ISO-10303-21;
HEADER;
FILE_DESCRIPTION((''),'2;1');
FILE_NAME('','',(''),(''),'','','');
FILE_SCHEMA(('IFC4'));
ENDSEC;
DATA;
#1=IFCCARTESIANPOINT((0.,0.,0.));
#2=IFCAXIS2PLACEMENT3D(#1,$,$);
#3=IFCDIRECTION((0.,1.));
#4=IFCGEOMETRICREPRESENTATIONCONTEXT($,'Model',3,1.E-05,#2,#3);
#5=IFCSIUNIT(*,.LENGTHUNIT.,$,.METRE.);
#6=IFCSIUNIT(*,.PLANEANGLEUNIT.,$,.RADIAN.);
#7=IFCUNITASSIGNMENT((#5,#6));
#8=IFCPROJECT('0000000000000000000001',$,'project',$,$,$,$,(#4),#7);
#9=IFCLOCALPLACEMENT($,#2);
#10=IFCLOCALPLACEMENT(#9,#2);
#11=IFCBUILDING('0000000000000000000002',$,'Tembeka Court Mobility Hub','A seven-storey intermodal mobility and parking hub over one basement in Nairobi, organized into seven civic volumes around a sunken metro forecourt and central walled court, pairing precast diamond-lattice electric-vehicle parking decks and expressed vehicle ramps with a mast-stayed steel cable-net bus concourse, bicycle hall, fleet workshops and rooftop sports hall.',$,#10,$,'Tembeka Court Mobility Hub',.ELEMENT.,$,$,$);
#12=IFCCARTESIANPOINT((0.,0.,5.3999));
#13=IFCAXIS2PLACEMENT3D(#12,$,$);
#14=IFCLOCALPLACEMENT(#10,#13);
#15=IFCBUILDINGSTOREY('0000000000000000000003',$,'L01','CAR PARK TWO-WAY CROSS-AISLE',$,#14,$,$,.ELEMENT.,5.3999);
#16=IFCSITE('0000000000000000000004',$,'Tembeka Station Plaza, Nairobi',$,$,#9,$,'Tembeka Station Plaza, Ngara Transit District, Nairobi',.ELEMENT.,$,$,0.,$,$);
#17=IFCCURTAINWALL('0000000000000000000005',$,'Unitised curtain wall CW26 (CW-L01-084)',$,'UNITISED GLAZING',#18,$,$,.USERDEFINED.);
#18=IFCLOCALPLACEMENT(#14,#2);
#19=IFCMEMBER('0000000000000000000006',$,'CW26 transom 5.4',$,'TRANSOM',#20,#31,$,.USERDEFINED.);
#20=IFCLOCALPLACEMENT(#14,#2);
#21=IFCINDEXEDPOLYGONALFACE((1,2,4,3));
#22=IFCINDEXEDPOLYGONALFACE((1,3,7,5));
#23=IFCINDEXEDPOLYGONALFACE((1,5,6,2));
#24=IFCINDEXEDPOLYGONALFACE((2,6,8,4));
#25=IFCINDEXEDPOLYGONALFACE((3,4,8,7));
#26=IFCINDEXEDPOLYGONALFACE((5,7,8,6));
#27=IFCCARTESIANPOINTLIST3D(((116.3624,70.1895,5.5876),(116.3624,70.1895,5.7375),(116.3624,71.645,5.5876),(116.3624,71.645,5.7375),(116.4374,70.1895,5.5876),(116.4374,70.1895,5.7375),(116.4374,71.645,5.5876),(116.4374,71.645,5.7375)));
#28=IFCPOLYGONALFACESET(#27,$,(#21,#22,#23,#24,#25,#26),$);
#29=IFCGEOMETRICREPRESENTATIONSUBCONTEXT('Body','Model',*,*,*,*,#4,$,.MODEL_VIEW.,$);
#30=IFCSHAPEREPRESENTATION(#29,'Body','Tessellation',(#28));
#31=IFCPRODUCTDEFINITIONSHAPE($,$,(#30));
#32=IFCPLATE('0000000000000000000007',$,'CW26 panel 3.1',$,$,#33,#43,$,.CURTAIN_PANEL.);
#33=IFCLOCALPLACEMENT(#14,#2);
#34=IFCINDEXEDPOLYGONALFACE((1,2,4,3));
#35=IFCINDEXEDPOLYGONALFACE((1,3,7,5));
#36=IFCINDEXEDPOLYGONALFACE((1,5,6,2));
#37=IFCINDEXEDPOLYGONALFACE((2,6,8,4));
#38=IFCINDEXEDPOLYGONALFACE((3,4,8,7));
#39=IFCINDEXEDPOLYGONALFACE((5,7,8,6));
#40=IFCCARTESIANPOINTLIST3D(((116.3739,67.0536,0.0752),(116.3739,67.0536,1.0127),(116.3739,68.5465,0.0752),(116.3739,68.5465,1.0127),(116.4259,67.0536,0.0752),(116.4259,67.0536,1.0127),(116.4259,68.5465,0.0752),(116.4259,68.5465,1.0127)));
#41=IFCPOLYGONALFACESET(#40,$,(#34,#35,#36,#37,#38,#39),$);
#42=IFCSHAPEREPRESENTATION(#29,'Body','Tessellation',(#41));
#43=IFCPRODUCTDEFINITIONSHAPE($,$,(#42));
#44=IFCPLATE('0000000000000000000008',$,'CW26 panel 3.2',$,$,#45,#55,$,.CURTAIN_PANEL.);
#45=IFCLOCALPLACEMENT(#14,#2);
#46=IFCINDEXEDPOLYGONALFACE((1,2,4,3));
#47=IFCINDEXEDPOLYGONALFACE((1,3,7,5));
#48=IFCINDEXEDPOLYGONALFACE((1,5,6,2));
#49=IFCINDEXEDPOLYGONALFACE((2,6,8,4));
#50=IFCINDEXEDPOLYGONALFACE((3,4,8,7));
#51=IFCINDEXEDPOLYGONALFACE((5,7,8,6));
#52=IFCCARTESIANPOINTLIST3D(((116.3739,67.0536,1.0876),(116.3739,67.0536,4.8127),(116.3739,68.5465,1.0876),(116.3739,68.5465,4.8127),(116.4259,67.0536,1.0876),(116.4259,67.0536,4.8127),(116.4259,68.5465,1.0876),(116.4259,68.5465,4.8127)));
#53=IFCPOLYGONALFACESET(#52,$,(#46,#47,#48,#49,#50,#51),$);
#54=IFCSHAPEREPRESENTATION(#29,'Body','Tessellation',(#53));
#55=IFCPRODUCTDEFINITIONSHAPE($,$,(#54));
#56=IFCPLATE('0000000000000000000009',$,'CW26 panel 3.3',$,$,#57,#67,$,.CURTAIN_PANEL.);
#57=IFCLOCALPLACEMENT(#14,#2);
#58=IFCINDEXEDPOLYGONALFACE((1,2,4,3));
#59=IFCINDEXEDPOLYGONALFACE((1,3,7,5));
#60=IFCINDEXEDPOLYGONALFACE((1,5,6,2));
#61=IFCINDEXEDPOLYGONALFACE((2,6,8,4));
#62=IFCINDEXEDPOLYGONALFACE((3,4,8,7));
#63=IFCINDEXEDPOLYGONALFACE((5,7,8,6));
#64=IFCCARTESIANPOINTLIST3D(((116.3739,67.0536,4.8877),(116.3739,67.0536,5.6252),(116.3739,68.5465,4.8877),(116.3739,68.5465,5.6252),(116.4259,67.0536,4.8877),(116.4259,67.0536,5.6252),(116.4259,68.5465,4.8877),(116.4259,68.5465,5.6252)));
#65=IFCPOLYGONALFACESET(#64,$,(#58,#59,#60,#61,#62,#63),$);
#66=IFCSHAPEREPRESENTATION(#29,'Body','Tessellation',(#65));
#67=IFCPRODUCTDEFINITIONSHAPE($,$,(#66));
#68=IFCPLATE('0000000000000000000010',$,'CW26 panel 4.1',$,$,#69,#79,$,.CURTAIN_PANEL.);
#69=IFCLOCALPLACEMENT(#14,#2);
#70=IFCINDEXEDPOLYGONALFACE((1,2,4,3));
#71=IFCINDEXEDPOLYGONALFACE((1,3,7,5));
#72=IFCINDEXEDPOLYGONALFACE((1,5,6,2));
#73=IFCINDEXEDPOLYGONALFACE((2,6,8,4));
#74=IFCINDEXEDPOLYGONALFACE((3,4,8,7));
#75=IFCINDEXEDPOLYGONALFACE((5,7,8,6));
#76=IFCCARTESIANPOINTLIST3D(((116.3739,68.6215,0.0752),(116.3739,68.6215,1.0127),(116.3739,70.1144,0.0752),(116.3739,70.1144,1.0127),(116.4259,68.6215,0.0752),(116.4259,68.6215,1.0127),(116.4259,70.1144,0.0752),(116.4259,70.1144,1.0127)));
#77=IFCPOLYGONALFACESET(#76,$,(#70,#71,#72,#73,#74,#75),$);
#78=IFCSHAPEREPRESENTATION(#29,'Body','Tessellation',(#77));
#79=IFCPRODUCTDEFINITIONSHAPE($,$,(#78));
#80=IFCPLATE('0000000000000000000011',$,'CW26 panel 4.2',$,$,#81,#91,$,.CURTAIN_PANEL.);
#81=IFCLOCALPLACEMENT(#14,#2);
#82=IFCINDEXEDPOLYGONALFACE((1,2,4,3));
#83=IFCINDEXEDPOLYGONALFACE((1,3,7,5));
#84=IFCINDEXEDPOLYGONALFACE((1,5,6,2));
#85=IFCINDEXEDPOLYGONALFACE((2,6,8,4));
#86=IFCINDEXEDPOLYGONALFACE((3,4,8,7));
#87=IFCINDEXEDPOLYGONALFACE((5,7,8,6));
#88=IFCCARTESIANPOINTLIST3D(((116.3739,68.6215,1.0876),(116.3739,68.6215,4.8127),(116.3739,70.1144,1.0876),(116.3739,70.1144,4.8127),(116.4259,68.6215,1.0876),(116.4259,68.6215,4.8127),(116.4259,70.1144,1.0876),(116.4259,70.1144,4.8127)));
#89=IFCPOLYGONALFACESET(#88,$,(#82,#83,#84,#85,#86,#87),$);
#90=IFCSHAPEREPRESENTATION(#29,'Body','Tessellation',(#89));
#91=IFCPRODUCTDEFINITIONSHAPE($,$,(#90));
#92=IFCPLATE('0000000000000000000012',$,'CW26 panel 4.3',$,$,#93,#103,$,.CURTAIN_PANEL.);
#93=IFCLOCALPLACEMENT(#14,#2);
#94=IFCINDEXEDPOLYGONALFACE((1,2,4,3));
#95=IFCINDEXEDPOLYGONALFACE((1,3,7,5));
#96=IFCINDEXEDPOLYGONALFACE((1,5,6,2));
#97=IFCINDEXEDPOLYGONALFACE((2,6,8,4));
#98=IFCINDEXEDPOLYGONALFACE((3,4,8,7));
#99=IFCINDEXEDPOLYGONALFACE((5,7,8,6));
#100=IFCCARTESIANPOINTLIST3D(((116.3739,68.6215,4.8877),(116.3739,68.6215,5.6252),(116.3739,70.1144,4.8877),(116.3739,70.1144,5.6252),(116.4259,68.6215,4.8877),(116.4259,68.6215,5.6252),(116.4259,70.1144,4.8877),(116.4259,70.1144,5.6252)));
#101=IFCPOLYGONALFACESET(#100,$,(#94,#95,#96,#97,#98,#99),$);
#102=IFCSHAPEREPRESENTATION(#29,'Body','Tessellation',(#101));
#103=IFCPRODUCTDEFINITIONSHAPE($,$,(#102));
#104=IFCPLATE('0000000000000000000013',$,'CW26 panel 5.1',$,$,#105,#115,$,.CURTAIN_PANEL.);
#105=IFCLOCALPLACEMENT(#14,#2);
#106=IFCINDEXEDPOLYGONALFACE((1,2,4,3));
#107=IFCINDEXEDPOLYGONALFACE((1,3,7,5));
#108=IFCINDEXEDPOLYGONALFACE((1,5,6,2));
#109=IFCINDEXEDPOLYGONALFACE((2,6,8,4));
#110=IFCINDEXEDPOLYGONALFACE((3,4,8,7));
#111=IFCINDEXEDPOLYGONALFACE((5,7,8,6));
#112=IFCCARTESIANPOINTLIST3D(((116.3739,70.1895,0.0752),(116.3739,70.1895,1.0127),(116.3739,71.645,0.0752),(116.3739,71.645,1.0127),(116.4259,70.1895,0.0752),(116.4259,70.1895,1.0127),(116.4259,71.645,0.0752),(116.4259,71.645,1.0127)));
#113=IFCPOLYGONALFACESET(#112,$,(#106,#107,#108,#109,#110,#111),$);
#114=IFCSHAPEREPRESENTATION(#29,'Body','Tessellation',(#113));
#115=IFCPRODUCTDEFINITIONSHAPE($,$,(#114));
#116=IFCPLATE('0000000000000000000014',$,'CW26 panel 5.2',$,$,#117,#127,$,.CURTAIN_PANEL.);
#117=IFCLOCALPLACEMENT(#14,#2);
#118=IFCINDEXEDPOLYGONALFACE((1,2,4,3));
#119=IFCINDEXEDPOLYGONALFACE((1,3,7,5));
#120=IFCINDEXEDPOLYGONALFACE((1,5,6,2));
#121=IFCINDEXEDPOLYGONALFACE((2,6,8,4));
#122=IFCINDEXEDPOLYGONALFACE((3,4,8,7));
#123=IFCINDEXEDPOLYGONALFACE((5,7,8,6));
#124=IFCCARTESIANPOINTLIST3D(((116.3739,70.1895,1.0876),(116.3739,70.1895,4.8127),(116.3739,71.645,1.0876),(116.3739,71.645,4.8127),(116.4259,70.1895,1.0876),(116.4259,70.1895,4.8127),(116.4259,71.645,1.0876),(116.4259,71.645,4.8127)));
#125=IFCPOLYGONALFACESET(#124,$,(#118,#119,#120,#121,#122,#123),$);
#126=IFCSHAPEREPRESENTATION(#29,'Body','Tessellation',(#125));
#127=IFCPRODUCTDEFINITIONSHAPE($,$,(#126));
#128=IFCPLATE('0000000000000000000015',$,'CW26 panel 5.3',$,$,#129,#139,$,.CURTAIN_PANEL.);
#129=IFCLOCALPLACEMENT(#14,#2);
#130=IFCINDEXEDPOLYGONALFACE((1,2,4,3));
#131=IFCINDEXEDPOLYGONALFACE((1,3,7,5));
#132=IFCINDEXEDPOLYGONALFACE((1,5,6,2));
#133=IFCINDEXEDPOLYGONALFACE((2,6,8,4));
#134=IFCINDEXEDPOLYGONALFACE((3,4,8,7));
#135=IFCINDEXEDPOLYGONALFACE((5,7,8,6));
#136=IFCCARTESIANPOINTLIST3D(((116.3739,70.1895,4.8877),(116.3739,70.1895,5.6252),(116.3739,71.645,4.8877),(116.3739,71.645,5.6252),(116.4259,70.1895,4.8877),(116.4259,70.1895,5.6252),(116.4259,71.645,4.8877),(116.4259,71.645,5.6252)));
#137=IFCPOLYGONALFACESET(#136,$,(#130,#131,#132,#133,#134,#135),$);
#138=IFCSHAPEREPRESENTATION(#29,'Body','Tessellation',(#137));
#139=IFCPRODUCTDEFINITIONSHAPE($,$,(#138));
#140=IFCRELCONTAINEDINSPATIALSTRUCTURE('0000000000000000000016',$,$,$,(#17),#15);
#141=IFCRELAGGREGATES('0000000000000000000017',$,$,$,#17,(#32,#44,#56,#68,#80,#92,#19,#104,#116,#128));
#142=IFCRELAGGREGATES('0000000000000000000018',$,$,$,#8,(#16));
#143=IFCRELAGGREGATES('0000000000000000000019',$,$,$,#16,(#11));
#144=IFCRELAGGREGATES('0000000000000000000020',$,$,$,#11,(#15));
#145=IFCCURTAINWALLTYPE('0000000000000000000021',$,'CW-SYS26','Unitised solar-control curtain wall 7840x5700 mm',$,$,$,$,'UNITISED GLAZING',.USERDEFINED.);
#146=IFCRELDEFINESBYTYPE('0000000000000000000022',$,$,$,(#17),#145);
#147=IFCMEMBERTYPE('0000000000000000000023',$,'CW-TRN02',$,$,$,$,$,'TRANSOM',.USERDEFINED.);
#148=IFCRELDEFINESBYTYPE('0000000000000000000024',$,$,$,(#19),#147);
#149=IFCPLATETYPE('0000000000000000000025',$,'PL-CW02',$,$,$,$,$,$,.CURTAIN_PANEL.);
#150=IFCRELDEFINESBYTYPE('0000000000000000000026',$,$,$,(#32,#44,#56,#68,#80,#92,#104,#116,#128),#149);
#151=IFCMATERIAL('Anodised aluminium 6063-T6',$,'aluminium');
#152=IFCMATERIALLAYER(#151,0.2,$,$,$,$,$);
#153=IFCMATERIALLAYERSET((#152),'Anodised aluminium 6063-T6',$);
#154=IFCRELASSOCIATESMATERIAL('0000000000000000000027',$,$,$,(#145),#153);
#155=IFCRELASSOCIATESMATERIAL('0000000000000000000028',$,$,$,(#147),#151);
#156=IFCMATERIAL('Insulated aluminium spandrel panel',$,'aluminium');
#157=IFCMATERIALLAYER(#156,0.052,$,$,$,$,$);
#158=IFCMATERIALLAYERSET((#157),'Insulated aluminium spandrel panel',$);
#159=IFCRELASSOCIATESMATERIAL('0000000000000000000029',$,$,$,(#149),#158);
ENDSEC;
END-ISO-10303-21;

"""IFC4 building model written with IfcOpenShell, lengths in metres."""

from ifc_helpers import new_model, si_unit, direction, frame, origin, origin_2d, place, context, subcontext, project, spatial, rectangle, extrude, material, layer, layer_set, material_profile, profile_set, type_object, element, aggregate, save


model = new_model("IFC4")

# Units and contexts
model_context = context("Model", 3, precision=1e-05, world=origin(), true_north=direction((0.0, 1.0)))
body_context = subcontext(model_context, "Body", "Model", "MODEL_VIEW")
ifc_project = project(units=[si_unit("LENGTHUNIT", "METRE"), si_unit("PLANEANGLEUNIT", "RADIAN")], contexts=[model_context])

# Site, building, storey
site_placement = place(None, origin())
site = spatial("IfcSite", under=ifc_project, at=site_placement, Name="Tembeka Station Plaza, Nairobi", LongName="Tembeka Station Plaza, Ngara Transit District, Nairobi", CompositionType="ELEMENT", RefElevation=0.0)
building_placement = place(site_placement, origin())
building = spatial("IfcBuilding", under=site, at=building_placement, Name="Tembeka Court Mobility Hub", Description="A seven-storey intermodal mobility and parking hub over one basement in Nairobi, organized into seven civic volumes around a sunken metro forecourt and central walled court, pairing precast diamond-lattice electric-vehicle parking decks and expressed vehicle ramps with a mast-stayed steel cable-net bus concourse, bicycle hall, fleet workshops and rooftop sports hall.", LongName="Tembeka Court Mobility Hub", CompositionType="ELEMENT")
storey_placement = place(building_placement, frame((0.0, 0.0, 5.3999)))
storey = spatial("IfcBuildingStorey", under=building, at=storey_placement, Name="L01", Description="CAR PARK TWO-WAY CROSS-AISLE", CompositionType="ELEMENT", Elevation=5.3999)

# Curtain wall, member, plates
ifc_material_1 = material(Name="Anodised aluminium 6063-T6", Category="aluminium")
ifc_layer_1 = layer(ifc_material_1, 0.2)
ifc_layer_set_1 = layer_set([ifc_layer_1], Name="Anodised aluminium 6063-T6")
curtain_wall_type = type_object("IfcCurtainWallType", Name="CW-SYS26", Description="Unitised solar-control curtain wall 7840x5700 mm", ElementType="UNITISED GLAZING", PredefinedType="USERDEFINED", material=ifc_layer_set_1)
curtain_wall_placement = place(storey_placement, origin())
curtain_wall = element("IfcCurtainWall", 1, at=curtain_wall_placement, inside=storey, type_object=curtain_wall_type, Name="Unitised curtain wall CW26 (CW-L01-084)", ObjectType="UNITISED GLAZING", PredefinedType="USERDEFINED")
ifc_material_profile_1 = material_profile(ifc_material_1, rectangle(XDim=0.075, YDim=0.1499, at=origin_2d()), Name="ALU-TRN 75x150")
ifc_profile_set_1 = profile_set([ifc_material_profile_1], Name="Anodised aluminium 6063-T6")
member_type_1 = type_object("IfcMemberType", Name="CW-TRN02", ElementType="TRANSOM", PredefinedType="USERDEFINED", material=ifc_profile_set_1)
member_1_placement = place(storey_placement, frame((116.3999, 70.1895, 5.6626), z_axis=(0.0, 1.0, 0.0), x_axis=(-1.0, 0.0, 0.0)))
member_1 = element("IfcMember", 2, at=member_1_placement, type_object=member_type_1, Name="CW26 transom 5.4", ObjectType="TRANSOM", PredefinedType="USERDEFINED", context=body_context, shape_type="SweptSolid", body=[
    extrude(rectangle(XDim=0.075, YDim=0.1499, at=origin_2d()), origin(), (0.0, 0.0, 1.0), 1.4556),
])
ifc_material_2 = material(Name="Insulated aluminium spandrel panel", Category="aluminium")
ifc_layer_2 = layer(ifc_material_2, 0.052)
ifc_layer_set_2 = layer_set([ifc_layer_2], Name="Insulated aluminium spandrel panel")
plate_type = type_object("IfcPlateType", Name="PL-CW02", PredefinedType="CURTAIN_PANEL", material=ifc_layer_set_2)
plate_1_placement = place(storey_placement, frame((116.3999, 67.8, 0.0752), z_axis=(0.0, 0.0, 1.0), x_axis=(0.0, 1.0, 0.0)))
plate_1 = element("IfcPlate", 3, at=plate_1_placement, type_object=plate_type, Name="CW26 panel 3.1", PredefinedType="CURTAIN_PANEL", context=body_context, shape_type="SweptSolid", body=[
    extrude(rectangle(XDim=1.4929, YDim=0.052, at=origin_2d()), origin(), (0.0, 0.0, 1.0), 0.9375),
])
plate_2_placement = place(storey_placement, frame((116.3999, 67.8, 1.0876), z_axis=(0.0, 0.0, 1.0), x_axis=(0.0, 1.0, 0.0)))
plate_2 = element("IfcPlate", 4, at=plate_2_placement, type_object=plate_type, Name="CW26 panel 3.2", PredefinedType="CURTAIN_PANEL", context=body_context, shape_type="SweptSolid", body=[
    extrude(rectangle(XDim=1.4929, YDim=0.052, at=origin_2d()), origin(), (0.0, 0.0, 1.0), 3.7251),
])
plate_3_placement = place(storey_placement, frame((116.3999, 67.8, 4.8877), z_axis=(0.0, 0.0, 1.0), x_axis=(0.0, 1.0, 0.0)))
plate_3 = element("IfcPlate", 5, at=plate_3_placement, type_object=plate_type, Name="CW26 panel 3.3", PredefinedType="CURTAIN_PANEL", context=body_context, shape_type="SweptSolid", body=[
    extrude(rectangle(XDim=1.4929, YDim=0.052, at=origin_2d()), origin(), (0.0, 0.0, 1.0), 0.7375),
])
plate_4_placement = place(storey_placement, frame((116.3999, 69.3679, 0.0752), z_axis=(0.0, 0.0, 1.0), x_axis=(0.0, 1.0, 0.0)))
plate_4 = element("IfcPlate", 6, at=plate_4_placement, type_object=plate_type, Name="CW26 panel 4.1", PredefinedType="CURTAIN_PANEL", context=body_context, shape_type="SweptSolid", body=[
    extrude(rectangle(XDim=1.4929, YDim=0.052, at=origin_2d()), origin(), (0.0, 0.0, 1.0), 0.9375),
])
plate_5_placement = place(storey_placement, frame((116.3999, 69.3679, 1.0876), z_axis=(0.0, 0.0, 1.0), x_axis=(0.0, 1.0, 0.0)))
plate_5 = element("IfcPlate", 7, at=plate_5_placement, type_object=plate_type, Name="CW26 panel 4.2", PredefinedType="CURTAIN_PANEL", context=body_context, shape_type="SweptSolid", body=[
    extrude(rectangle(XDim=1.4929, YDim=0.052, at=origin_2d()), origin(), (0.0, 0.0, 1.0), 3.7251),
])
plate_6_placement = place(storey_placement, frame((116.3999, 69.3679, 4.8877), z_axis=(0.0, 0.0, 1.0), x_axis=(0.0, 1.0, 0.0)))
plate_6 = element("IfcPlate", 8, at=plate_6_placement, type_object=plate_type, Name="CW26 panel 4.3", PredefinedType="CURTAIN_PANEL", context=body_context, shape_type="SweptSolid", body=[
    extrude(rectangle(XDim=1.4929, YDim=0.052, at=origin_2d()), origin(), (0.0, 0.0, 1.0), 0.7375),
])
plate_7_placement = place(storey_placement, frame((116.3999, 70.9172, 0.0752), z_axis=(0.0, 0.0, 1.0), x_axis=(0.0, 1.0, 0.0)))
plate_7 = element("IfcPlate", 9, at=plate_7_placement, type_object=plate_type, Name="CW26 panel 5.1", PredefinedType="CURTAIN_PANEL", context=body_context, shape_type="SweptSolid", body=[
    extrude(rectangle(XDim=1.4556, YDim=0.052, at=origin_2d()), origin(), (0.0, 0.0, 1.0), 0.9375),
])
plate_8_placement = place(storey_placement, frame((116.3999, 70.9172, 1.0876), z_axis=(0.0, 0.0, 1.0), x_axis=(0.0, 1.0, 0.0)))
plate_8 = element("IfcPlate", 10, at=plate_8_placement, type_object=plate_type, Name="CW26 panel 5.2", PredefinedType="CURTAIN_PANEL", context=body_context, shape_type="SweptSolid", body=[
    extrude(rectangle(XDim=1.4556, YDim=0.052, at=origin_2d()), origin(), (0.0, 0.0, 1.0), 3.7251),
])
plate_9_placement = place(storey_placement, frame((116.3999, 70.9172, 4.8877), z_axis=(0.0, 0.0, 1.0), x_axis=(0.0, 1.0, 0.0)))
plate_9 = element("IfcPlate", 11, at=plate_9_placement, type_object=plate_type, Name="CW26 panel 5.3", PredefinedType="CURTAIN_PANEL", context=body_context, shape_type="SweptSolid", body=[
    extrude(rectangle(XDim=1.4556, YDim=0.052, at=origin_2d()), origin(), (0.0, 0.0, 1.0), 0.7375),
])
aggregate(curtain_wall, [plate_1, plate_2, plate_3, plate_4, plate_5, plate_6, member_1, plate_7, plate_8, plate_9])

save(model, "model.ifc")
